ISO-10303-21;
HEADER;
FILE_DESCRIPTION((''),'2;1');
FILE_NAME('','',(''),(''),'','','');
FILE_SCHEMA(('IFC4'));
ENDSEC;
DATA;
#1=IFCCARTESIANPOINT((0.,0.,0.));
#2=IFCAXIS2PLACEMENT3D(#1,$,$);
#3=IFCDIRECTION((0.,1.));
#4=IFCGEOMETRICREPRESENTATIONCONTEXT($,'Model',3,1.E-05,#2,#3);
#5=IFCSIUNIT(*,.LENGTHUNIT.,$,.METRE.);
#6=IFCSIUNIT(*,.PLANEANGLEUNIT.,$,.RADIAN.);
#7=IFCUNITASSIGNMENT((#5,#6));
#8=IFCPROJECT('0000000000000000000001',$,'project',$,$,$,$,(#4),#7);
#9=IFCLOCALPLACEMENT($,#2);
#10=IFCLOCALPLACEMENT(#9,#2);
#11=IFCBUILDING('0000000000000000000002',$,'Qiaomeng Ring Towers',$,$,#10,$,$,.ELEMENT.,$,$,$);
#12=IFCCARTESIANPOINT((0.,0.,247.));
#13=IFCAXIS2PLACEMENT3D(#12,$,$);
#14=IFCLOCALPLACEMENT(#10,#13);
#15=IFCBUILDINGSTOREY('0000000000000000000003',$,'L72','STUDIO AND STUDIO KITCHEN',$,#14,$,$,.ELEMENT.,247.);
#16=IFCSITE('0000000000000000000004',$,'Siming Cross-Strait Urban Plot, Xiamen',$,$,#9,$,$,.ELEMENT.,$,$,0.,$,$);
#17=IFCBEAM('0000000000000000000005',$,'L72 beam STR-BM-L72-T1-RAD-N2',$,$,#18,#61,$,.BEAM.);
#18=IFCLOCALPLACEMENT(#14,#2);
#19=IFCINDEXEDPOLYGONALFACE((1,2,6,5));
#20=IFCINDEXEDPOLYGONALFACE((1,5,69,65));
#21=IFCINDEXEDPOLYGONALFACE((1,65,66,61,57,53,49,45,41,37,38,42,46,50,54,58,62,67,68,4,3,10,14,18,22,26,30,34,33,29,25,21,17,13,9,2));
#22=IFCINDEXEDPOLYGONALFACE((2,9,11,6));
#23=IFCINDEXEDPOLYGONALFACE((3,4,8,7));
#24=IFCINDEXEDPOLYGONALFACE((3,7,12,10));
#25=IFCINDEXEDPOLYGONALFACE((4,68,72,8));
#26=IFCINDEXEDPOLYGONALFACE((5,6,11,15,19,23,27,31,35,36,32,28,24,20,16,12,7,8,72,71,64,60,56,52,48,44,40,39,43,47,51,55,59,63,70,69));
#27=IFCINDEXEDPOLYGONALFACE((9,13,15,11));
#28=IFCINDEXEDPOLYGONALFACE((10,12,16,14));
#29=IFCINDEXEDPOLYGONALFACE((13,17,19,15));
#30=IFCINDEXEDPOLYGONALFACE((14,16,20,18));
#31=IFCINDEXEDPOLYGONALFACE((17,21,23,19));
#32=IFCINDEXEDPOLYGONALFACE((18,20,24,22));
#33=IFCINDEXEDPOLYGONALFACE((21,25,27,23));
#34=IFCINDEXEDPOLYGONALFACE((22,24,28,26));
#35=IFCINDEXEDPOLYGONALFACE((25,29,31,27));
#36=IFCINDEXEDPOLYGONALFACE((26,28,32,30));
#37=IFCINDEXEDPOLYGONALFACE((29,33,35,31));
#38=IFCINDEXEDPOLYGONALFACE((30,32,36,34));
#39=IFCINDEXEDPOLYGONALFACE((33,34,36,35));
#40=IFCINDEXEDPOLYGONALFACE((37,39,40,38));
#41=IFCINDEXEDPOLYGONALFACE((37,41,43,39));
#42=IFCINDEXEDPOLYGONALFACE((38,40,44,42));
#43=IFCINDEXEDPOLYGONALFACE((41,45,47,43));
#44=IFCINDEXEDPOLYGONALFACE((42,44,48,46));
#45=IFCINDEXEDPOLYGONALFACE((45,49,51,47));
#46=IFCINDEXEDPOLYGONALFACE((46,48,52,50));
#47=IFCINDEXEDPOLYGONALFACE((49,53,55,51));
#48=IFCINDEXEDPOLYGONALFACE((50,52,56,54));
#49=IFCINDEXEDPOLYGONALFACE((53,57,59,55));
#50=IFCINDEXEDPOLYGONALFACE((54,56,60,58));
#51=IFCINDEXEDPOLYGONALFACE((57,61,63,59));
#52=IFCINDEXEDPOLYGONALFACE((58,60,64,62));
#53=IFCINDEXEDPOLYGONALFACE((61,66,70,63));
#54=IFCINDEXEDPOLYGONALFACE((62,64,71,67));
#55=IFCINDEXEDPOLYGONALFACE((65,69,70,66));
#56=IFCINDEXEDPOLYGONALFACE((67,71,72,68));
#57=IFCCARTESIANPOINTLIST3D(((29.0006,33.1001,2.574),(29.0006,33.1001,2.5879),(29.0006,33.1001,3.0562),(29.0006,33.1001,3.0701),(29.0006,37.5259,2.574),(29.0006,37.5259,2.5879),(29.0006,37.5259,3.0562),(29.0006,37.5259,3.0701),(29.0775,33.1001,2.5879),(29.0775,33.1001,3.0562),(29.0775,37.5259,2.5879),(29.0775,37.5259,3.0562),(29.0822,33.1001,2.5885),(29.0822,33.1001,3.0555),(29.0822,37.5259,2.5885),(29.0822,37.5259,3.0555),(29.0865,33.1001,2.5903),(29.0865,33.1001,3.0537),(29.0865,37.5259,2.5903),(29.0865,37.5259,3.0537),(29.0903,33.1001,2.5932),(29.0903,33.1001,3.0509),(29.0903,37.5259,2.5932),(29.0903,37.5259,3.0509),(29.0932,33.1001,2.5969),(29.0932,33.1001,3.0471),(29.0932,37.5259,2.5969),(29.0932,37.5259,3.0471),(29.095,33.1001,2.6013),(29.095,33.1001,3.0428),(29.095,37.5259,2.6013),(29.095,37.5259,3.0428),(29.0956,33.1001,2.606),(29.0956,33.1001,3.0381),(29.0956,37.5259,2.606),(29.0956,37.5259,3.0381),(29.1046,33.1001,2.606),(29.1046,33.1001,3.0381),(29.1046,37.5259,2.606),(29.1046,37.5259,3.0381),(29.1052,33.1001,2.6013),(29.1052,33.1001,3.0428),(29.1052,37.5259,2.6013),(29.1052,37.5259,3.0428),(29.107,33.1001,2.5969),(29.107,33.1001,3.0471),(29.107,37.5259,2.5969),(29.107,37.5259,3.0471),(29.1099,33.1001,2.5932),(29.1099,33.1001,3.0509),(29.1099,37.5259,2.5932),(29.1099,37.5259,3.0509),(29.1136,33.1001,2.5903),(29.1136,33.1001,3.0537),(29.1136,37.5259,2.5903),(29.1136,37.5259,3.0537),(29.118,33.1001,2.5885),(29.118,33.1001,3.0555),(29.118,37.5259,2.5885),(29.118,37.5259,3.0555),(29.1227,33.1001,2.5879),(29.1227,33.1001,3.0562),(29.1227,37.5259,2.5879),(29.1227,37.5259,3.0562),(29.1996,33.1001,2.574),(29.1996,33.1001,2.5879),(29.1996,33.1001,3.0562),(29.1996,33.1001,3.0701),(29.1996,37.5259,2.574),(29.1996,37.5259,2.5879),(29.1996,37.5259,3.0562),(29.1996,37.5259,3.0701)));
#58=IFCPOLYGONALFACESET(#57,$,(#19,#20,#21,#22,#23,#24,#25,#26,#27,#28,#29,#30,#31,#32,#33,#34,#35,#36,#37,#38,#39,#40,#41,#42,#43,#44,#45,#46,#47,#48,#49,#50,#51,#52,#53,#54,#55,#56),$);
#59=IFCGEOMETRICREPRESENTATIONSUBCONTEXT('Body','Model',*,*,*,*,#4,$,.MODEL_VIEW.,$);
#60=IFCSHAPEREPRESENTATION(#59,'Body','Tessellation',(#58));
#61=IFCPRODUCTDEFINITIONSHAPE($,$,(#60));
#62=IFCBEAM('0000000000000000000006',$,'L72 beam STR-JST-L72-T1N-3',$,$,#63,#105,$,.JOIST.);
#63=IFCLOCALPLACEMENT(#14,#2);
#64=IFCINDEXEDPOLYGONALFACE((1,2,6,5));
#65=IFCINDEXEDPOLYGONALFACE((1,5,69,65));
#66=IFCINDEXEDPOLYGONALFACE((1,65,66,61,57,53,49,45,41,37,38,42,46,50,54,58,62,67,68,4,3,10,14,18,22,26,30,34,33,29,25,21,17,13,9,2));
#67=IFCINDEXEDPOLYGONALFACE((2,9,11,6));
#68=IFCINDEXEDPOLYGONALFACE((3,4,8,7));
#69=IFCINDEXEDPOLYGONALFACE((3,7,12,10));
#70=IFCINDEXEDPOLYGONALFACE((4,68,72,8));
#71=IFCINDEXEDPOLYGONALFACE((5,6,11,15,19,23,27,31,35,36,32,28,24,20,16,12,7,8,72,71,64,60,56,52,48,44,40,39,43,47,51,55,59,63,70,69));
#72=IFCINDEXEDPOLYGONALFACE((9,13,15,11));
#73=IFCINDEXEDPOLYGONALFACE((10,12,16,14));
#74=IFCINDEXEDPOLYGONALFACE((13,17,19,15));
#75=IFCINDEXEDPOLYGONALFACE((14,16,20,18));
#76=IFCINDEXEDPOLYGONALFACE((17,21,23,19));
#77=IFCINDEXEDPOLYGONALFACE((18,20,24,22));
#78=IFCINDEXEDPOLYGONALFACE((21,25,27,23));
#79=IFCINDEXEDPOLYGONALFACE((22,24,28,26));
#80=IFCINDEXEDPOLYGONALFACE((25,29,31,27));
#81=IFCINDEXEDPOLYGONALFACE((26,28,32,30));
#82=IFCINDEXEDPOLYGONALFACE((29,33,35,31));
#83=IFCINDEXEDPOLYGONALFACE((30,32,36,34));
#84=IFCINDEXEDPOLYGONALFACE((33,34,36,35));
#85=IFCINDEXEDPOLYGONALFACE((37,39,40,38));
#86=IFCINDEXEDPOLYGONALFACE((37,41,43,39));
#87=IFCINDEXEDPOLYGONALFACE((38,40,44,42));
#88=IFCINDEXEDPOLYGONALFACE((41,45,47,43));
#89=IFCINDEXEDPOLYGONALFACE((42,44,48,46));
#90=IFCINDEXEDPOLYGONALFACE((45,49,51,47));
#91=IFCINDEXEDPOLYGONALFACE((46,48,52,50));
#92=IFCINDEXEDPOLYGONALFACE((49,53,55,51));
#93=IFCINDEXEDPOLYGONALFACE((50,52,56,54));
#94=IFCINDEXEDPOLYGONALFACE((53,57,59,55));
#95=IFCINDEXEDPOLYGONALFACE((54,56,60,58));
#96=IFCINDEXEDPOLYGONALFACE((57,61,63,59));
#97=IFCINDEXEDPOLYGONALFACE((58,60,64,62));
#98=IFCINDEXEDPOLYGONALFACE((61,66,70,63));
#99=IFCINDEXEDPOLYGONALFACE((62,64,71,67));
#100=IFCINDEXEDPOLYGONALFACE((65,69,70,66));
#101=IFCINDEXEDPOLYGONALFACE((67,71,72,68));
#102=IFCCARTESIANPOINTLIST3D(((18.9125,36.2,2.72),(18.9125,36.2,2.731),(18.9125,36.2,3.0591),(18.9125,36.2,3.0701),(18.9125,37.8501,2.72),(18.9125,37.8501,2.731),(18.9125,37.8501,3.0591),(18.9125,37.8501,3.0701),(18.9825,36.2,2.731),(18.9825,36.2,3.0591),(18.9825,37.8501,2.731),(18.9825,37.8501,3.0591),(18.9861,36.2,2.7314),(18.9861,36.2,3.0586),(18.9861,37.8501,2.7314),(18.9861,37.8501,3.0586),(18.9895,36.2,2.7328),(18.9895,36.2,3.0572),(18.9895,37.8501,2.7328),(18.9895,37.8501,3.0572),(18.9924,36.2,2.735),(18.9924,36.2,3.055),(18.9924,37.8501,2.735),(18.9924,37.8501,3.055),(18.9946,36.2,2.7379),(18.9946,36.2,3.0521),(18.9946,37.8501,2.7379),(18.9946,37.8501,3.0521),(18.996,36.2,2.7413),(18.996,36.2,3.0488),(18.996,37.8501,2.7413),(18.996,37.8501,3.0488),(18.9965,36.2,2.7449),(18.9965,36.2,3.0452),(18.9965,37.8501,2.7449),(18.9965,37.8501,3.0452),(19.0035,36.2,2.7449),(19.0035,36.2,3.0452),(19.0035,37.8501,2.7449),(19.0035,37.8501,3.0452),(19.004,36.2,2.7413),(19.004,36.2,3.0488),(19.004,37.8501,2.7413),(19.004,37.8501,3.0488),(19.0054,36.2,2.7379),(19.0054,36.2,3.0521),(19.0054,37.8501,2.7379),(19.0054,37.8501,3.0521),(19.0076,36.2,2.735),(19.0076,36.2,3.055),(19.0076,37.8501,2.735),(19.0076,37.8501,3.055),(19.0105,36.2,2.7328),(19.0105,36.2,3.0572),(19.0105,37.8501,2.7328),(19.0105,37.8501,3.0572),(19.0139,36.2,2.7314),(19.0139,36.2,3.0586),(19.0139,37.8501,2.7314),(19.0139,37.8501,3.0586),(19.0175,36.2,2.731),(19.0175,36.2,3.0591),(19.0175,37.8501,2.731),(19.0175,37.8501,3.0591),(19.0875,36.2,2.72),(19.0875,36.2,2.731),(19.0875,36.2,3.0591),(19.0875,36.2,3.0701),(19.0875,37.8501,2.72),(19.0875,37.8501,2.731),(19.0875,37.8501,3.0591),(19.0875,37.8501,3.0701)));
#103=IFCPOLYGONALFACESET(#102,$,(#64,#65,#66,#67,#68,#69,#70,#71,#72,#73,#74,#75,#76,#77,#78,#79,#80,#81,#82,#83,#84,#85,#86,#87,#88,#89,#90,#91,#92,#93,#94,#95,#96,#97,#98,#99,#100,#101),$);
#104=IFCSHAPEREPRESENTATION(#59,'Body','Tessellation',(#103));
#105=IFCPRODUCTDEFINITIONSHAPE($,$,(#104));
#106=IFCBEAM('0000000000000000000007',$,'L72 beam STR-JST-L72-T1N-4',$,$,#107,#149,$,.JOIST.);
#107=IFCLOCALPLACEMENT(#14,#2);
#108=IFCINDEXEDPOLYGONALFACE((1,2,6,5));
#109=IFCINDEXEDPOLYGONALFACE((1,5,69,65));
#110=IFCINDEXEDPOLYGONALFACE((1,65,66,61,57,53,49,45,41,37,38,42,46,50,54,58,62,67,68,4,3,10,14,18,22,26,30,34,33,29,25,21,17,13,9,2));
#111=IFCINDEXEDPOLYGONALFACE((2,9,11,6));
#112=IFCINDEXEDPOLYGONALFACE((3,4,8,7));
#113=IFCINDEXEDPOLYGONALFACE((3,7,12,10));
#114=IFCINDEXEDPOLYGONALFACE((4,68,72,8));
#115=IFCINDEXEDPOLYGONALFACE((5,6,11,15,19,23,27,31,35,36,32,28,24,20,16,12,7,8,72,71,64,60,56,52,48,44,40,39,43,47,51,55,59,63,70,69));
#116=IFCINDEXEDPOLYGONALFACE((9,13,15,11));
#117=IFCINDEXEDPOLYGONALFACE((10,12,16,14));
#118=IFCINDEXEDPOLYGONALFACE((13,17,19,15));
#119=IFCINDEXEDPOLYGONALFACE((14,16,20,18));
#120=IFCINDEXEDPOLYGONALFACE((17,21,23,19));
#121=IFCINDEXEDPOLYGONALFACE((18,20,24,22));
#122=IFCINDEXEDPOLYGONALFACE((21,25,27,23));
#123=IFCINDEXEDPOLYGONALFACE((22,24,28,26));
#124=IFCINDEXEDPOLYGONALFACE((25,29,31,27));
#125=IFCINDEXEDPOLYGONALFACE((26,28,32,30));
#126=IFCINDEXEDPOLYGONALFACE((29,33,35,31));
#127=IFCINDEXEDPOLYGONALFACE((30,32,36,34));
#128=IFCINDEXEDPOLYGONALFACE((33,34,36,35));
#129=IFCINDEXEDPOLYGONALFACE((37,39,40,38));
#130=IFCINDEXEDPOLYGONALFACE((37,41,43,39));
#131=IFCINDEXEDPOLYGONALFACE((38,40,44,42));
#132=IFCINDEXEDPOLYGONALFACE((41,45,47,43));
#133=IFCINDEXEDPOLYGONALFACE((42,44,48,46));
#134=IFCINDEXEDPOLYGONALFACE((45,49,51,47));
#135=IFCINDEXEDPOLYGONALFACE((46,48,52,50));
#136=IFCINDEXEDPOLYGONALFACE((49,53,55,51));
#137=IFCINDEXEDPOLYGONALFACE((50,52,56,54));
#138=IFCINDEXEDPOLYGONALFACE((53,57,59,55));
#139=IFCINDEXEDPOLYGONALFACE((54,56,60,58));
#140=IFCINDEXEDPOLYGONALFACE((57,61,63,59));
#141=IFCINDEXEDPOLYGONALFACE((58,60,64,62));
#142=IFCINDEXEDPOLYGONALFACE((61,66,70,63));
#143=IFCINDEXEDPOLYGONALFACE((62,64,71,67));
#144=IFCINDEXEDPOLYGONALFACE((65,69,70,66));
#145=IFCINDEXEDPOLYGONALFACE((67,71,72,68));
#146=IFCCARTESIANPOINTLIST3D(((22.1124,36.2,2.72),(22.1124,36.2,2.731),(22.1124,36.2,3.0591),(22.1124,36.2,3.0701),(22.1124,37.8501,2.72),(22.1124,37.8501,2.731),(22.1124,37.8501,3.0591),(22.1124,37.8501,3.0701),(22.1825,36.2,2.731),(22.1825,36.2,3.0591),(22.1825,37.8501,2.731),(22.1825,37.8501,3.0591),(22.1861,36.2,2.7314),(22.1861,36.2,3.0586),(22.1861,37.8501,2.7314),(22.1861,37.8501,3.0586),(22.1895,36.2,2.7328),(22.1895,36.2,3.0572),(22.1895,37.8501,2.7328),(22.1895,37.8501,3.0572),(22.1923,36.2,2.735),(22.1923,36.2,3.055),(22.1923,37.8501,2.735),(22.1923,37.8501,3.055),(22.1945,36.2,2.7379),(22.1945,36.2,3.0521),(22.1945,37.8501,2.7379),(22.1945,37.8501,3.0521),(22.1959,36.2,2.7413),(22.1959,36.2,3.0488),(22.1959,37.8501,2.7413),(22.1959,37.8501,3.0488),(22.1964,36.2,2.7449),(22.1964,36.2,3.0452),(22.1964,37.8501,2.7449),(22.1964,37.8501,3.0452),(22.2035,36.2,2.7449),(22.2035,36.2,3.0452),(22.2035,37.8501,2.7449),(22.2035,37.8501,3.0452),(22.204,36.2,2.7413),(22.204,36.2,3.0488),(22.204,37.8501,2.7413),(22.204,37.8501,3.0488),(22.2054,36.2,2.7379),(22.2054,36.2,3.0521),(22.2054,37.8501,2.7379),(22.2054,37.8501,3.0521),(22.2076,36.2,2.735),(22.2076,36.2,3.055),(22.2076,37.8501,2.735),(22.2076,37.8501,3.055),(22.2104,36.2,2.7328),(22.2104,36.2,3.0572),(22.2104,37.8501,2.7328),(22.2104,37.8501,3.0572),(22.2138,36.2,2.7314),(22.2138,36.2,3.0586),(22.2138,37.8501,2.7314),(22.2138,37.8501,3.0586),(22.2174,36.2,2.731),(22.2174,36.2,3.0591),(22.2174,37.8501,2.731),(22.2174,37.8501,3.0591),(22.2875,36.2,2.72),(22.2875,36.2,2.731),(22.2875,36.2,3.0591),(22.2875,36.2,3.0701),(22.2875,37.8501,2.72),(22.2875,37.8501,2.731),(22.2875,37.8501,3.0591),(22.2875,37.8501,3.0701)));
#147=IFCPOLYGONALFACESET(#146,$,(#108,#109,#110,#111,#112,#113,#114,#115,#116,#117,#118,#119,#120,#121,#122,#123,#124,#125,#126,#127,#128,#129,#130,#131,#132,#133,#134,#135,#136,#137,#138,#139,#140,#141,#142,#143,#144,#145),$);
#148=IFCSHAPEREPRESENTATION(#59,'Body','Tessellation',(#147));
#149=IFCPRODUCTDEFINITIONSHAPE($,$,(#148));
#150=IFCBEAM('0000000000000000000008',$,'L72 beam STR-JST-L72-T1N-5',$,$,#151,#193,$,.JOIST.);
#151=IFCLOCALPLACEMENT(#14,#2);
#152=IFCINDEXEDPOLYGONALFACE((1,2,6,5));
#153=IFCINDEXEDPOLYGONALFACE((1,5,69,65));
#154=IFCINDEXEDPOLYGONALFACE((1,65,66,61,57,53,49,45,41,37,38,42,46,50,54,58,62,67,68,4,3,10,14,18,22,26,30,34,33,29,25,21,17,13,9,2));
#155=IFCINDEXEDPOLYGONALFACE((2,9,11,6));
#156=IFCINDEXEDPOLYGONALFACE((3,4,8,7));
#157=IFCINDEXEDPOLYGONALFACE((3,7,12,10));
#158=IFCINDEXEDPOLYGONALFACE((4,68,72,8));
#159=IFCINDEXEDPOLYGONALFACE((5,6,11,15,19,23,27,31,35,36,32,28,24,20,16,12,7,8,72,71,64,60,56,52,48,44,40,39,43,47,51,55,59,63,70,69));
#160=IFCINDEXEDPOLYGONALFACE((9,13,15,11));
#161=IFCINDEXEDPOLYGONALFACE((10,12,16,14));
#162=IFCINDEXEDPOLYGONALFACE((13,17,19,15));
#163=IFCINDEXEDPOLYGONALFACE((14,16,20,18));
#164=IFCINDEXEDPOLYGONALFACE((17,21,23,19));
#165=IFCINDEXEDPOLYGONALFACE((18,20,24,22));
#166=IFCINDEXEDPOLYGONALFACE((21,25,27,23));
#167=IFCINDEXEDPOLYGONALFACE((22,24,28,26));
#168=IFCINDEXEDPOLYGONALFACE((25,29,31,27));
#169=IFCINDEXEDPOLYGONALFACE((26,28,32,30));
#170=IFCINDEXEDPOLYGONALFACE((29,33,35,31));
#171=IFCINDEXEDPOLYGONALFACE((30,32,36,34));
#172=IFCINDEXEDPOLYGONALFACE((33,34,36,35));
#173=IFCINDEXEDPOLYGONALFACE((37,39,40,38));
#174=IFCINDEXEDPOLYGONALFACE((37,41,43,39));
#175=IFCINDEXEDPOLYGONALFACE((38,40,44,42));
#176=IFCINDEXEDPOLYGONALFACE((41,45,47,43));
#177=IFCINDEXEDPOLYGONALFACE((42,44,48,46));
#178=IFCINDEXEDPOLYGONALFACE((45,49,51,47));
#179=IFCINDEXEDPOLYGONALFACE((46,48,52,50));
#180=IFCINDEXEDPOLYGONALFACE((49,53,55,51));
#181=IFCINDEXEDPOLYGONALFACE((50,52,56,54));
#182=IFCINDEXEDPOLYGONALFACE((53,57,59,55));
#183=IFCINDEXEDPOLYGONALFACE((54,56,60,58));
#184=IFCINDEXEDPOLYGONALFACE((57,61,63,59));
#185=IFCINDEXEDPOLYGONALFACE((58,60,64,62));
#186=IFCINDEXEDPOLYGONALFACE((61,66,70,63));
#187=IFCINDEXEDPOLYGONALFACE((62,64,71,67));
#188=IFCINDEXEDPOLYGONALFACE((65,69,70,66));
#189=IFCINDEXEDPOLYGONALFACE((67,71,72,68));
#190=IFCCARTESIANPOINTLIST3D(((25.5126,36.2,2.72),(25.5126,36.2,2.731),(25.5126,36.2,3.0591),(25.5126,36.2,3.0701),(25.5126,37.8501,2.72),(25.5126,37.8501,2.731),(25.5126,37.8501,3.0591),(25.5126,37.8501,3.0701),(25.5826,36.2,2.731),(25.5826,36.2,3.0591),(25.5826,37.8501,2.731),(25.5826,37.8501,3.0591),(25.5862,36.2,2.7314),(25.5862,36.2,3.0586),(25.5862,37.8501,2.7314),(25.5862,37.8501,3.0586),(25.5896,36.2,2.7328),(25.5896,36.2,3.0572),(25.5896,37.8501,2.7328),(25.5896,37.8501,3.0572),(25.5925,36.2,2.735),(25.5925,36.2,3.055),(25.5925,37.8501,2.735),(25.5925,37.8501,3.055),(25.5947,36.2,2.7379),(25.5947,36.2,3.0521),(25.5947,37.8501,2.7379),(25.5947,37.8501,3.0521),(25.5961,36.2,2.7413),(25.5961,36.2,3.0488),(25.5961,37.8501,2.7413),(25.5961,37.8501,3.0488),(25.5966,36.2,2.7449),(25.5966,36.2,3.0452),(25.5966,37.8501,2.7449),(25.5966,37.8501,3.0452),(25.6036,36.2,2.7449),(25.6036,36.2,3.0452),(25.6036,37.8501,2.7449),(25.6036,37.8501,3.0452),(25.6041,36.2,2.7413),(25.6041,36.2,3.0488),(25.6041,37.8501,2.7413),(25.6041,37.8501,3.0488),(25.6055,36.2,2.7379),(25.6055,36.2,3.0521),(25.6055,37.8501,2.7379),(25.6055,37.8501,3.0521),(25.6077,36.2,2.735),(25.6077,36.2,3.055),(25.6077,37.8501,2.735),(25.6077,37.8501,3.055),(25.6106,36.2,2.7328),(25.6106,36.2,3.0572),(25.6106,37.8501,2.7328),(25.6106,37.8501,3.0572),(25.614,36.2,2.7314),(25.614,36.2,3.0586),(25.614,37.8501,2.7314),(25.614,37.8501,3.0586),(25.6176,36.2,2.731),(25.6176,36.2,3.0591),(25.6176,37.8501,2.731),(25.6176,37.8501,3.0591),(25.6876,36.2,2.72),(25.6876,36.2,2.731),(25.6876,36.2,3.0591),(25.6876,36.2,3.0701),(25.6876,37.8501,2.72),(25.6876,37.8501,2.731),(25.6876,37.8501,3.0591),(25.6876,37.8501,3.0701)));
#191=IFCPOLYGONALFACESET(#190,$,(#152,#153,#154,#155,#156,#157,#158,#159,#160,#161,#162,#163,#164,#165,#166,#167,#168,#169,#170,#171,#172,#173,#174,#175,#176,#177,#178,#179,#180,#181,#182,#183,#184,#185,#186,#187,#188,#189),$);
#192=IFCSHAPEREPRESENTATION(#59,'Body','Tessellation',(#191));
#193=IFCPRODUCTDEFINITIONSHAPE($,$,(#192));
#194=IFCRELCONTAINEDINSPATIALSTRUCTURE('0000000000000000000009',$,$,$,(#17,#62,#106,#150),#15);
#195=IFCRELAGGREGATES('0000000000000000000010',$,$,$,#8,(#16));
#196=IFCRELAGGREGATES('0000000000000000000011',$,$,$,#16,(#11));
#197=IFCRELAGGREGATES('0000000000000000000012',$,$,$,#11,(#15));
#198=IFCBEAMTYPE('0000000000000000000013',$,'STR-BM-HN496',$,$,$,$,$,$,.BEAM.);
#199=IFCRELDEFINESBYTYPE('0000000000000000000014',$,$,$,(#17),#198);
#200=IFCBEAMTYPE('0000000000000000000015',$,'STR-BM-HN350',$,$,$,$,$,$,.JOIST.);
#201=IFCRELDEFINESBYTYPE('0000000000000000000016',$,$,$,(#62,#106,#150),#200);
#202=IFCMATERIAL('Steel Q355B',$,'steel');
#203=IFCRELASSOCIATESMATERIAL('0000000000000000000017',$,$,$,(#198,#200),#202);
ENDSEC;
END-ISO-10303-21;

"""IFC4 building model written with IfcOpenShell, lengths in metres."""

from ifc_helpers import new_model, si_unit, direction, frame, origin, origin_2d, place, context, subcontext, project, spatial, i_section, extrude, source, transform, mapped, material, material_profile, profile_set, type_object, element, save


model = new_model("IFC4")

# Units and contexts
model_context = context("Model", 3, precision=1e-05, world=origin(), true_north=direction((0.0, 1.0)))
body_context = subcontext(model_context, "Body", "Model", "MODEL_VIEW")
ifc_project = project(units=[si_unit("LENGTHUNIT", "METRE"), si_unit("PLANEANGLEUNIT", "RADIAN")], contexts=[model_context])

# Site, building, storey
site_placement = place(None, origin())
site = spatial("IfcSite", under=ifc_project, at=site_placement, Name="Siming Cross-Strait Urban Plot, Xiamen", CompositionType="ELEMENT", RefElevation=0.0)
building_placement = place(site_placement, origin())
building = spatial("IfcBuilding", under=site, at=building_placement, Name="Qiaomeng Ring Towers", CompositionType="ELEMENT")
storey_placement = place(building_placement, frame((0.0, 0.0, 247.0)))
storey = spatial("IfcBuildingStorey", under=building, at=storey_placement, Name="L72", Description="STUDIO AND STUDIO KITCHEN", CompositionType="ELEMENT", Elevation=247.0)

# Beams
ifc_material_1 = material(Name="Steel Q355B", Category="steel")
ifc_material_profile_1 = material_profile(ifc_material_1, i_section(OverallWidth=0.199, OverallDepth=0.4961, WebThickness=0.009, FlangeThickness=0.0139, FilletRadius=0.0181, at=origin_2d()), Name="HN 496x199x9x14")
ifc_profile_set_1 = profile_set([ifc_material_profile_1], Name="Steel Q355B")
beam_type_1 = type_object("IfcBeamType", Name="STR-BM-HN496", PredefinedType="BEAM", material=ifc_profile_set_1)
shared_shape_1 = source(origin(), body_context, "Body", "SweptSolid", [
    extrude(i_section(OverallWidth=0.199, OverallDepth=0.4961, WebThickness=0.009, FlangeThickness=0.0139, FilletRadius=0.0181, at=origin_2d()), origin(), (0.0, 0.0, 1.0), 4.4258),
])
beam_1_placement = place(storey_placement, frame((29.1001, 37.5259, 2.822), z_axis=(0.0, -1.0, 0.0), x_axis=(1.0, 0.0, 0.0)))
element("IfcBeam", 1, at=beam_1_placement, inside=storey, type_object=beam_type_1, Name="L72 beam STR-BM-L72-T1-RAD-N2", PredefinedType="BEAM", context=body_context, shape_type="MappedRepresentation", body=[
    mapped(shared_shape_1, transform((0.0, 0.0, 0.0), x_axis=(1.0, 0.0, 0.0), y_axis=(0.0, 1.0, 0.0), z_axis=(0.0, 0.0, 1.0), scale=1.0)),
])
ifc_material_profile_2 = material_profile(ifc_material_1, i_section(OverallWidth=0.175, OverallDepth=0.3501, WebThickness=0.0071, FlangeThickness=0.011, FilletRadius=0.0139, at=origin_2d()), Name="HN 350x175x7x11")
ifc_profile_set_2 = profile_set([ifc_material_profile_2], Name="Steel Q355B")
beam_type_2 = type_object("IfcBeamType", Name="STR-BM-HN350", PredefinedType="JOIST", material=ifc_profile_set_2)
shared_shape_2 = source(origin(), body_context, "Body", "SweptSolid", [
    extrude(i_section(OverallWidth=0.175, OverallDepth=0.3501, WebThickness=0.0071, FlangeThickness=0.011, FilletRadius=0.0139, at=origin_2d()), origin(), (0.0, 0.0, 1.0), 1.6501),
])
for number, where, z_axis, x_axis, name in (
    (2, (19.0, 36.2, 2.895), (0.0, 1.0, 0.0), (-1.0, 0.0, 0.0), "L72 beam STR-JST-L72-T1N-3"),
    (3, (22.2, 36.2, 2.895), (0.0, 1.0, 0.0), (-1.0, 0.0, 0.0), "L72 beam STR-JST-L72-T1N-4"),
    (4, (25.6001, 36.2, 2.895), (0.0, 1.0, 0.0), (-1.0, 0.0, 0.0), "L72 beam STR-JST-L72-T1N-5"),
):
    element("IfcBeam", number, at=place(storey_placement, frame(where, z_axis=z_axis, x_axis=x_axis)), inside=storey, type_object=beam_type_2, Name=name, PredefinedType="JOIST", context=body_context, shape_type="MappedRepresentation", body=[
        mapped(shared_shape_2, transform((0.0, 0.0, 0.0), x_axis=(1.0, 0.0, 0.0), y_axis=(0.0, 1.0, 0.0), z_axis=(0.0, 0.0, 1.0), scale=1.0)),
    ])

save(model, "model.ifc")
